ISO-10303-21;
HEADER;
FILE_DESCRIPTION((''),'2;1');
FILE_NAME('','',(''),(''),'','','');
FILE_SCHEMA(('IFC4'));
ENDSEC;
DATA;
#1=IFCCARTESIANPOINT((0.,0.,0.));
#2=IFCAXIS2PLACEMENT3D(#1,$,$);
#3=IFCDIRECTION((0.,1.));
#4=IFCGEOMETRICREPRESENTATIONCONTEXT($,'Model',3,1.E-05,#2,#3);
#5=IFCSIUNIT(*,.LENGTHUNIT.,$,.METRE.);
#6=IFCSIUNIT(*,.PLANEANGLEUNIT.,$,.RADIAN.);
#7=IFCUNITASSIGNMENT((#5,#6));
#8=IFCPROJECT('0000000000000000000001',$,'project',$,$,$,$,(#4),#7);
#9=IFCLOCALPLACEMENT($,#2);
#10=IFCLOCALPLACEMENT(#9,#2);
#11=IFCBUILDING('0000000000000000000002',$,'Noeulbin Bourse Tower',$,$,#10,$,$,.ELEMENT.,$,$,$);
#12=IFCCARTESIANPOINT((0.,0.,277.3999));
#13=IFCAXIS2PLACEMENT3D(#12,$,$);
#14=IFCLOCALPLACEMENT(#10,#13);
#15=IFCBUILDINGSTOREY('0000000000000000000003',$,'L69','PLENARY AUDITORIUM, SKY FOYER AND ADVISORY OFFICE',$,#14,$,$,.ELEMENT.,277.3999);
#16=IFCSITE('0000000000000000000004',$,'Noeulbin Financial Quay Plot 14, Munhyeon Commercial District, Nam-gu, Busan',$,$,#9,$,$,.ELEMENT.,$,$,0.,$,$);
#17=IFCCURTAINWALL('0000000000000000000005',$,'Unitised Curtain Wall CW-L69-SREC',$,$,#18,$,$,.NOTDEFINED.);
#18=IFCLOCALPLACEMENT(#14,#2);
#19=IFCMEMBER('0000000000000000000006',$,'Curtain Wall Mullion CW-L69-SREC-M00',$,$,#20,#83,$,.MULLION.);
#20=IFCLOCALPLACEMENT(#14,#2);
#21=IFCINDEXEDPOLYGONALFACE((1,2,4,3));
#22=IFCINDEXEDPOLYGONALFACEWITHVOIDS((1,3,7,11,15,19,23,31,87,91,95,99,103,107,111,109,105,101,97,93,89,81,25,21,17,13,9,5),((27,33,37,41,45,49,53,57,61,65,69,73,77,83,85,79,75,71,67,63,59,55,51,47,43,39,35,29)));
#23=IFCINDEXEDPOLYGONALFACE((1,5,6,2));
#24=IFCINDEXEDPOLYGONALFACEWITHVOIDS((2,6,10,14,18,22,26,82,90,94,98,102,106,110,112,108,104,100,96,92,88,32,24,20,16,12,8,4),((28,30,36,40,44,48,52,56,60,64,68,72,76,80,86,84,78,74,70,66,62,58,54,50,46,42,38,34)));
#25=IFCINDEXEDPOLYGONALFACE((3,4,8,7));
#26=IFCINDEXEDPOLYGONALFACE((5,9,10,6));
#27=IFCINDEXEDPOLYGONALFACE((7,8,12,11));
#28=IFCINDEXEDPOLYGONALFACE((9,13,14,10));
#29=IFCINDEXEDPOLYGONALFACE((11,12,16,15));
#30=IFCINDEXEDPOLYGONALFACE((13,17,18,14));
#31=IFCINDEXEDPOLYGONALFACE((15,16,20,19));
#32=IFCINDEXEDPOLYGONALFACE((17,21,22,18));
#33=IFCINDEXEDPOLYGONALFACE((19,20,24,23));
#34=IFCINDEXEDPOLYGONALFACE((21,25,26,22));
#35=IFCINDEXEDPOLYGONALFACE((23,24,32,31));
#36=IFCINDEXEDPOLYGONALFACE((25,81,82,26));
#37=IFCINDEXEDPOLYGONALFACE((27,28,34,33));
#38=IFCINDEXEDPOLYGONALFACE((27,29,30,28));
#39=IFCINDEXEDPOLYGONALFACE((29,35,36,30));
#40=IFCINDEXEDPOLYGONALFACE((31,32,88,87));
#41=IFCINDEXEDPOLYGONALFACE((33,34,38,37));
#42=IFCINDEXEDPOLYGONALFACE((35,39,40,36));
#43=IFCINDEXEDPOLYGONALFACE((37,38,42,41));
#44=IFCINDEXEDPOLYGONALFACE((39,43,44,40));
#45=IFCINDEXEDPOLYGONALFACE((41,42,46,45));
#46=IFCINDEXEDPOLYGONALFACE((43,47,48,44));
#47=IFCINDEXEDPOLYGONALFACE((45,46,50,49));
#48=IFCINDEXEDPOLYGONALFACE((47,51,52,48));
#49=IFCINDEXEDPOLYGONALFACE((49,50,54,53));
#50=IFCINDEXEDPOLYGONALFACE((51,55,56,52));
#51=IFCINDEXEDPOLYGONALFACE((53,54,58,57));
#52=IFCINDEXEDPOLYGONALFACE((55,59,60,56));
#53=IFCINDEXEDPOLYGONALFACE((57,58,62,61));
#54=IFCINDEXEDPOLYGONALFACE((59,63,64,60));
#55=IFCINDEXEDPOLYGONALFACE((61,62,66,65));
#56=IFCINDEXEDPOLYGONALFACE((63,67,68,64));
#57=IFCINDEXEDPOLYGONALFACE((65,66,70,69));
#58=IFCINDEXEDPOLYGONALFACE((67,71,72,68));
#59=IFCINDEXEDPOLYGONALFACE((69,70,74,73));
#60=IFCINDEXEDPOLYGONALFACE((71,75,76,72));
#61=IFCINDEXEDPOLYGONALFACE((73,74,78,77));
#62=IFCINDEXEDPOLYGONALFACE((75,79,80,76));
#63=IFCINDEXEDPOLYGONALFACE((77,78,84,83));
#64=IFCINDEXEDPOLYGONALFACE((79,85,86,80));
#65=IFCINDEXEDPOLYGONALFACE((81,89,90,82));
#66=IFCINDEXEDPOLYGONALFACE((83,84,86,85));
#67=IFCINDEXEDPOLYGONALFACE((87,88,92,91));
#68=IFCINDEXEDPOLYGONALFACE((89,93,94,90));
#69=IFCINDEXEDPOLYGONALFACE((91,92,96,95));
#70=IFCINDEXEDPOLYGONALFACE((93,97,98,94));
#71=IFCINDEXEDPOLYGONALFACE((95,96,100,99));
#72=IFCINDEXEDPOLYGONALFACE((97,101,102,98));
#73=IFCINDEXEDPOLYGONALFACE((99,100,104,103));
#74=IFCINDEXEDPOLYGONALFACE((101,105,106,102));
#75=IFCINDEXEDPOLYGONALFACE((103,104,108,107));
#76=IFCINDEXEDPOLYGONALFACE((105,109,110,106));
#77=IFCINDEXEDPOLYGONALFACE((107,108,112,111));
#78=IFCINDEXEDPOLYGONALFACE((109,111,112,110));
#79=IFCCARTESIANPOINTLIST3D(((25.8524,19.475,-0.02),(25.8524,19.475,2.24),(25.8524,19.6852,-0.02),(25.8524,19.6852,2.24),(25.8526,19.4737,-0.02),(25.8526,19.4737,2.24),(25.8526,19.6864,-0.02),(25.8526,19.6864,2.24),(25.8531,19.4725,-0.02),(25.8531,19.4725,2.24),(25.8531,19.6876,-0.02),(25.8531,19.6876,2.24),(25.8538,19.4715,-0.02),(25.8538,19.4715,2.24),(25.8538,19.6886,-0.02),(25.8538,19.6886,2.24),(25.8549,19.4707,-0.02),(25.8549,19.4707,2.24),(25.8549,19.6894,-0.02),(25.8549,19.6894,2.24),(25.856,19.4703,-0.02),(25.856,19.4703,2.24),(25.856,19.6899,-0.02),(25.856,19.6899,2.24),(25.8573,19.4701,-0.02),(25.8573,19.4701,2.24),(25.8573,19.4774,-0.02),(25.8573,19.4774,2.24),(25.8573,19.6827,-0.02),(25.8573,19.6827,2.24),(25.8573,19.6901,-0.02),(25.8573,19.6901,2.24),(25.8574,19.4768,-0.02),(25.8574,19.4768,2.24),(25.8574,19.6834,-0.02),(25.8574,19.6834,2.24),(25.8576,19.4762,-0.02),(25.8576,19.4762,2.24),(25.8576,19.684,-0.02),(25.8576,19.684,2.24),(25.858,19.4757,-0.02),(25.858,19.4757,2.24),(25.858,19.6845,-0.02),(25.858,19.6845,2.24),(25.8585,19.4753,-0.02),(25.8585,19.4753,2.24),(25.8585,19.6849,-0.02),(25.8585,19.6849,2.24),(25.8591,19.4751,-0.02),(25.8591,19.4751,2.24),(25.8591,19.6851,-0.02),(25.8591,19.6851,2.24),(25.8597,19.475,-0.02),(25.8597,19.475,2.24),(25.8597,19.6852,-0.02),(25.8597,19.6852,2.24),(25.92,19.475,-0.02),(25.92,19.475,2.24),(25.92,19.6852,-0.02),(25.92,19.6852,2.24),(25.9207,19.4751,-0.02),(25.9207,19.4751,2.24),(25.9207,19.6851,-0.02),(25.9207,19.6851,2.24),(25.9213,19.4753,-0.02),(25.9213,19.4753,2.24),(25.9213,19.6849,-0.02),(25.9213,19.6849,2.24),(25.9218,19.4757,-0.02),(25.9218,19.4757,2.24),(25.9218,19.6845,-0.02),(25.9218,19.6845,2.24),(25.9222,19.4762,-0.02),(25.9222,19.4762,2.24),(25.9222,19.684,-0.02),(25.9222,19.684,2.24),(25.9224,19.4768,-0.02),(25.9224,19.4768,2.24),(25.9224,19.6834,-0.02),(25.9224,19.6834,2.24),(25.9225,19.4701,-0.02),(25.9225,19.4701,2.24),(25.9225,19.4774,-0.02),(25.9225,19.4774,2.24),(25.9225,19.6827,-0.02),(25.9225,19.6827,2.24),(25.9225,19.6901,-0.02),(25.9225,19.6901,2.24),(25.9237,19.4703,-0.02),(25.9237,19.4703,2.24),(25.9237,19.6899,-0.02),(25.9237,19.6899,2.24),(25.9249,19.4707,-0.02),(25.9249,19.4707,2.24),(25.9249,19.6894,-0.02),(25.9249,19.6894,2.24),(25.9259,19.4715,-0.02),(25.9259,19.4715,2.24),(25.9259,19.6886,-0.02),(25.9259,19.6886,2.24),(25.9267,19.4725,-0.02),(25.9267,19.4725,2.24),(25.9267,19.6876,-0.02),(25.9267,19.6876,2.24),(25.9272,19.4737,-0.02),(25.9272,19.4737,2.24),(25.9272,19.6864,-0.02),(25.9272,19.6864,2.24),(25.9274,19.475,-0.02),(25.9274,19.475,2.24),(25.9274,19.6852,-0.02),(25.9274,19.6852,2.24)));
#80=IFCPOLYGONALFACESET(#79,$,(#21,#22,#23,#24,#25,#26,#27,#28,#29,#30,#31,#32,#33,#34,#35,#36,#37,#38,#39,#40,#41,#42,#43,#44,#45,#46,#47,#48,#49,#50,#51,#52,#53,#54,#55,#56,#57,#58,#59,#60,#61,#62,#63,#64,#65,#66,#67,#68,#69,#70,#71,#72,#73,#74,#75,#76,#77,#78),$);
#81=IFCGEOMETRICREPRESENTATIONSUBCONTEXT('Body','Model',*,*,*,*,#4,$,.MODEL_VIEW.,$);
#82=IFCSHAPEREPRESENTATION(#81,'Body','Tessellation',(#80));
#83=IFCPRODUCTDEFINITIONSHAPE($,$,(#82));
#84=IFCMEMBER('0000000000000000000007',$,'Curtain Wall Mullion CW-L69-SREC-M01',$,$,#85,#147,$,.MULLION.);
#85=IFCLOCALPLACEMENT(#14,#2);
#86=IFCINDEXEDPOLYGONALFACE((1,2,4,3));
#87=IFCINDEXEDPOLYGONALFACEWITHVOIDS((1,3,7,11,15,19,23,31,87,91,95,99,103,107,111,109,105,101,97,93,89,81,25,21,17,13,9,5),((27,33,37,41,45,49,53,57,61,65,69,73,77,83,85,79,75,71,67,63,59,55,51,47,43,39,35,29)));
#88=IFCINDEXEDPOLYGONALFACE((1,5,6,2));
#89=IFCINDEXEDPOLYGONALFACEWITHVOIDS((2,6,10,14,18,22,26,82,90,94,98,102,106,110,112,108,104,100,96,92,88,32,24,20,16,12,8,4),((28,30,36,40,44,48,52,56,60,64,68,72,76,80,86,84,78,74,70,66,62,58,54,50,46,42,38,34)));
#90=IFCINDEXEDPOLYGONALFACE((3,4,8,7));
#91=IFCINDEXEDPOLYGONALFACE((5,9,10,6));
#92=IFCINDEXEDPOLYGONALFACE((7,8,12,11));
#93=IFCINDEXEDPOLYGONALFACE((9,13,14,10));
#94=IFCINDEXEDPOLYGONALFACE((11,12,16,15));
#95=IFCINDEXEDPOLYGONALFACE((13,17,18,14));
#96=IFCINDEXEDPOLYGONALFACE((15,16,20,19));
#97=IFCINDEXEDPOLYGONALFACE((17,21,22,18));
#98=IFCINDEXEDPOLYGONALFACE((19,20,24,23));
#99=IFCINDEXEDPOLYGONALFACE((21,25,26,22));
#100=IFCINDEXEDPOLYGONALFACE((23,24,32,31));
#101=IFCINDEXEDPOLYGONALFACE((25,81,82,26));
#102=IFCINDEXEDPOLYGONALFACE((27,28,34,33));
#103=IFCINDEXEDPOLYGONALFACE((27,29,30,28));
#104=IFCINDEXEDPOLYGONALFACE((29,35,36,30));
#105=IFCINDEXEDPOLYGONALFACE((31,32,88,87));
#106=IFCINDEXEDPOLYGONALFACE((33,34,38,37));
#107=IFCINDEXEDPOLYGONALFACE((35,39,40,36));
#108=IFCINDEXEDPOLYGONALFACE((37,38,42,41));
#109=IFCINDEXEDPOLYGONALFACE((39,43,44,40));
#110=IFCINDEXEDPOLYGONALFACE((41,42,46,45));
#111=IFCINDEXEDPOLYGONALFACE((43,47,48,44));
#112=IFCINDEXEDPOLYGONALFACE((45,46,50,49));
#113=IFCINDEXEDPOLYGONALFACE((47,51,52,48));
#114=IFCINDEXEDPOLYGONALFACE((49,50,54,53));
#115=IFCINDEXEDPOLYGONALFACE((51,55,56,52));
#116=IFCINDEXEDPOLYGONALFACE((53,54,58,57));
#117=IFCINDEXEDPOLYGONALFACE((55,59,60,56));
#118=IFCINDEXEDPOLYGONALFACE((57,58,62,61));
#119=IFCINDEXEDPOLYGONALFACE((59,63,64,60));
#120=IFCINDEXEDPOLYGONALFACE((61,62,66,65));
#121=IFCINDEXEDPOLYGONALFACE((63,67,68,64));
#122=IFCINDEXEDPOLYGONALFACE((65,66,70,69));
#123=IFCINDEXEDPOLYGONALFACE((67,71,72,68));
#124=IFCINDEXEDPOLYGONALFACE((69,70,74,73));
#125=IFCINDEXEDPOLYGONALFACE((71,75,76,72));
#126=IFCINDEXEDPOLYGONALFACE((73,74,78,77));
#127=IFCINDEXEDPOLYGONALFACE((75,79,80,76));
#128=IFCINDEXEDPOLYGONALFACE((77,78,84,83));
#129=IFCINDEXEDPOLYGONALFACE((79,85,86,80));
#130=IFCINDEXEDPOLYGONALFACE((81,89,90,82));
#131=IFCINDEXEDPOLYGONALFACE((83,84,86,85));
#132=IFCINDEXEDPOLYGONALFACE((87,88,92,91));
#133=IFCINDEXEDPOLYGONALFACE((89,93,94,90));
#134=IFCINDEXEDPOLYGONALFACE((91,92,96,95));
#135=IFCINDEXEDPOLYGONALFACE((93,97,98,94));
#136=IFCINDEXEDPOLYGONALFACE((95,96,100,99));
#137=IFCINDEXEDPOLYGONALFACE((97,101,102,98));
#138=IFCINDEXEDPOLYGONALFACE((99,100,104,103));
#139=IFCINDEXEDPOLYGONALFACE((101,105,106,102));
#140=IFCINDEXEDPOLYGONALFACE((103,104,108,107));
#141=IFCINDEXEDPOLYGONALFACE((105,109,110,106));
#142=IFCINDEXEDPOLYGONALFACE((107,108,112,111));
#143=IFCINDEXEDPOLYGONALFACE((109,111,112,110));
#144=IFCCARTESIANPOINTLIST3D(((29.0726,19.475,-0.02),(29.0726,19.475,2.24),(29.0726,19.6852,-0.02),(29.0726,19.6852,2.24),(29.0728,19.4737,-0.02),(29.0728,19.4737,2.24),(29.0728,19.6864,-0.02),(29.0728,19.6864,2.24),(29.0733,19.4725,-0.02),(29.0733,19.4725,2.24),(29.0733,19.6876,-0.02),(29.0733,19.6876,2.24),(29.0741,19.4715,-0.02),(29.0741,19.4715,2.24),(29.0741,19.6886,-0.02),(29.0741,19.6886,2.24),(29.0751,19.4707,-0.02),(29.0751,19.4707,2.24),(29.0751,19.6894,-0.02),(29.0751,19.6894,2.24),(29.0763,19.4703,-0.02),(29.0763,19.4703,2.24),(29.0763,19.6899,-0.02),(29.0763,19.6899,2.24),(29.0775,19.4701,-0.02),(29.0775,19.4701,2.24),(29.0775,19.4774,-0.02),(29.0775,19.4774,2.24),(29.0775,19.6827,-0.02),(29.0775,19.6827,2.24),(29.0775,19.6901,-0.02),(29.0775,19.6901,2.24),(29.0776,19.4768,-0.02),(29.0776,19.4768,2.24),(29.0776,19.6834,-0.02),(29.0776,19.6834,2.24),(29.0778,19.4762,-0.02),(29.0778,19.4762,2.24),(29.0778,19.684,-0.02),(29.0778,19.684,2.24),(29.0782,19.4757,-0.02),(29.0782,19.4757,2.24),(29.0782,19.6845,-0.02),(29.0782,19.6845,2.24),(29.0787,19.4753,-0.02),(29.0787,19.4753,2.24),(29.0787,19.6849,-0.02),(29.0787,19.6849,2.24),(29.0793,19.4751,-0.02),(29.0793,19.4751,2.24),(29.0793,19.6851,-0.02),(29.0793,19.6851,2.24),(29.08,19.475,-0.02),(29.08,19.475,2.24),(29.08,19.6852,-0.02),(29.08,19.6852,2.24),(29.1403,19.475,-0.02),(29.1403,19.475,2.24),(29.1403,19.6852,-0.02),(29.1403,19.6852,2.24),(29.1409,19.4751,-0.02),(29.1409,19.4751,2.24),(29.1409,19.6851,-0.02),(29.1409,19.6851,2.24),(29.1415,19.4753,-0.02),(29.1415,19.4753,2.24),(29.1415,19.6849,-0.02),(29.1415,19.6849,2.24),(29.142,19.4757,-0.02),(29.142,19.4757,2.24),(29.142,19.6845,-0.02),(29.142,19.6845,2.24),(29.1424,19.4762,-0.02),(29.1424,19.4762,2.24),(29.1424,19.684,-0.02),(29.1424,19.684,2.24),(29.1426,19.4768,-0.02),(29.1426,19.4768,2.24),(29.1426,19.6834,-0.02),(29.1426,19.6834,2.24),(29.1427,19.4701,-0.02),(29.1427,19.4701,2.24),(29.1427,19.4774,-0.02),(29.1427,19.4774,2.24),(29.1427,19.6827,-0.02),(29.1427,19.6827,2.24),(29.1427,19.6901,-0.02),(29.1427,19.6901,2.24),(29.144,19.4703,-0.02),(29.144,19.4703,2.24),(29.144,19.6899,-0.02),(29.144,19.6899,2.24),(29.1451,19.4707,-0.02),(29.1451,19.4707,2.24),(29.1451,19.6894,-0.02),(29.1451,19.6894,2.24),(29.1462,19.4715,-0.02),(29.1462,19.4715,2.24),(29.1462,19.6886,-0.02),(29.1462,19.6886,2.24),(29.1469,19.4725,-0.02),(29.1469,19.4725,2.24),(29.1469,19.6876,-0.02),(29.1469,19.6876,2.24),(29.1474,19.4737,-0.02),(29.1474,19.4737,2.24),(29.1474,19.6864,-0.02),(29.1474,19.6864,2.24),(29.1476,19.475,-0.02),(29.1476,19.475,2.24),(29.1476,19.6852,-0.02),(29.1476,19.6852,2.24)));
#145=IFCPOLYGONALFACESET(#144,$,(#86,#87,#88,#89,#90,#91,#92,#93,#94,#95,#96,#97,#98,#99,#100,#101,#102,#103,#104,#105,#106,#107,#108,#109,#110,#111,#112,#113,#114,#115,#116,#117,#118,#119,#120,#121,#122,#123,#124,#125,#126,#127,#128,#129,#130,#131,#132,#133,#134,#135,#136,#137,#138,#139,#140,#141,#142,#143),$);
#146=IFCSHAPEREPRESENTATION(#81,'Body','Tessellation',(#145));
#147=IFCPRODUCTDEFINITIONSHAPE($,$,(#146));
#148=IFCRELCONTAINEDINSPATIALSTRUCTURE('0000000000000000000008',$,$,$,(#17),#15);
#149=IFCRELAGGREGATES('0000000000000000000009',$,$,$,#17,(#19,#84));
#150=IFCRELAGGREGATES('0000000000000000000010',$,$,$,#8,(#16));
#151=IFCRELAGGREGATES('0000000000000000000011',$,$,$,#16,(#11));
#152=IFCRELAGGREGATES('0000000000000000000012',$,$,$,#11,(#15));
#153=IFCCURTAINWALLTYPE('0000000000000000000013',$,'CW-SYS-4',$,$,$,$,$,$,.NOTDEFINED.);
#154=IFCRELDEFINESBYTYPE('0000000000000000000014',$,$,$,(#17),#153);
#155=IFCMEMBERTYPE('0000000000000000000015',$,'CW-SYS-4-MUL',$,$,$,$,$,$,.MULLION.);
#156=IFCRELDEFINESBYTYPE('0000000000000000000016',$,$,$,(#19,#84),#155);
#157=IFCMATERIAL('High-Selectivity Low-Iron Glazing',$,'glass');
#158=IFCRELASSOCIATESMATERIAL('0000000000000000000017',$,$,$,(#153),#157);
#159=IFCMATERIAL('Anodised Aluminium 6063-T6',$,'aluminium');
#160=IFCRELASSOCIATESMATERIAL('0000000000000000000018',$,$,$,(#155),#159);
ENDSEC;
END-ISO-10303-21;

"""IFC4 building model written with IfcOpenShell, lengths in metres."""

from ifc_helpers import new_model, si_unit, direction, frame, origin, origin_2d, place, context, subcontext, project, spatial, hollow_rectangle, extrude, material, material_profile, profile_set, type_object, element, aggregate, save


model = new_model("IFC4")

# Units and contexts
model_context = context("Model", 3, precision=1e-05, world=origin(), true_north=direction((0.0, 1.0)))
body_context = subcontext(model_context, "Body", "Model", "MODEL_VIEW")
ifc_project = project(units=[si_unit("LENGTHUNIT", "METRE"), si_unit("PLANEANGLEUNIT", "RADIAN")], contexts=[model_context])

# Site, building, storey
site_placement = place(None, origin())
site = spatial("IfcSite", under=ifc_project, at=site_placement, Name="Noeulbin Financial Quay Plot 14, Munhyeon Commercial District, Nam-gu, Busan", CompositionType="ELEMENT", RefElevation=0.0)
building_placement = place(site_placement, origin())
building = spatial("IfcBuilding", under=site, at=building_placement, Name="Noeulbin Bourse Tower", CompositionType="ELEMENT")
storey_placement = place(building_placement, frame((0.0, 0.0, 277.3999)))
storey = spatial("IfcBuildingStorey", under=building, at=storey_placement, Name="L69", Description="PLENARY AUDITORIUM, SKY FOYER AND ADVISORY OFFICE", CompositionType="ELEMENT", Elevation=277.3999)

# Curtain wall, members
ifc_material_1 = material(Name="High-Selectivity Low-Iron Glazing", Category="glass")
curtain_wall_type = type_object("IfcCurtainWallType", Name="CW-SYS-4", PredefinedType="NOTDEFINED", material=ifc_material_1)
curtain_wall_1_placement = place(storey_placement, origin())
curtain_wall_1 = element("IfcCurtainWall", 1, at=curtain_wall_1_placement, inside=storey, type_object=curtain_wall_type, Name="Unitised Curtain Wall CW-L69-SREC", PredefinedType="NOTDEFINED")
ifc_material_2 = material(Name="Anodised Aluminium 6063-T6", Category="aluminium")
ifc_material_profile_1 = material_profile(ifc_material_2, hollow_rectangle(XDim=0.075, YDim=0.22, WallThickness=0.0049, InnerFilletRadius=0.0024, OuterFilletRadius=0.0049, at=origin_2d()), Name="ALU-MULL-75x220x5", Category="LoadBearing")
ifc_profile_set_1 = profile_set([ifc_material_profile_1], Name="Anodised Aluminium 6063-T6")
member_type_1 = type_object("IfcMemberType", Name="CW-SYS-4-MUL", PredefinedType="MULLION", material=ifc_profile_set_1)
member_1_placement = place(storey_placement, frame((25.8899, 19.5801, -0.02), z_axis=(0.0, 0.0, 1.0), x_axis=(1.0, 0.0, 0.0)))
member_1 = element("IfcMember", 2, at=member_1_placement, type_object=member_type_1, Name="Curtain Wall Mullion CW-L69-SREC-M00", PredefinedType="MULLION", context=body_context, shape_type="SweptSolid", body=[
    extrude(hollow_rectangle(XDim=0.075, YDim=0.22, WallThickness=0.0049, InnerFilletRadius=0.0024, OuterFilletRadius=0.0049, at=origin_2d()), origin(), (0.0, 0.0, 1.0), 2.26),
])
member_2_placement = place(storey_placement, frame((29.1101, 19.5801, -0.02), z_axis=(0.0, 0.0, 1.0), x_axis=(1.0, 0.0, 0.0)))
member_2 = element("IfcMember", 3, at=member_2_placement, type_object=member_type_1, Name="Curtain Wall Mullion CW-L69-SREC-M01", PredefinedType="MULLION", context=body_context, shape_type="SweptSolid", body=[
    extrude(hollow_rectangle(XDim=0.075, YDim=0.22, WallThickness=0.0049, InnerFilletRadius=0.0024, OuterFilletRadius=0.0049, at=origin_2d()), origin(), (0.0, 0.0, 1.0), 2.26),
])

aggregate(curtain_wall_1, [member_1, member_2])

save(model, "model.ifc")
